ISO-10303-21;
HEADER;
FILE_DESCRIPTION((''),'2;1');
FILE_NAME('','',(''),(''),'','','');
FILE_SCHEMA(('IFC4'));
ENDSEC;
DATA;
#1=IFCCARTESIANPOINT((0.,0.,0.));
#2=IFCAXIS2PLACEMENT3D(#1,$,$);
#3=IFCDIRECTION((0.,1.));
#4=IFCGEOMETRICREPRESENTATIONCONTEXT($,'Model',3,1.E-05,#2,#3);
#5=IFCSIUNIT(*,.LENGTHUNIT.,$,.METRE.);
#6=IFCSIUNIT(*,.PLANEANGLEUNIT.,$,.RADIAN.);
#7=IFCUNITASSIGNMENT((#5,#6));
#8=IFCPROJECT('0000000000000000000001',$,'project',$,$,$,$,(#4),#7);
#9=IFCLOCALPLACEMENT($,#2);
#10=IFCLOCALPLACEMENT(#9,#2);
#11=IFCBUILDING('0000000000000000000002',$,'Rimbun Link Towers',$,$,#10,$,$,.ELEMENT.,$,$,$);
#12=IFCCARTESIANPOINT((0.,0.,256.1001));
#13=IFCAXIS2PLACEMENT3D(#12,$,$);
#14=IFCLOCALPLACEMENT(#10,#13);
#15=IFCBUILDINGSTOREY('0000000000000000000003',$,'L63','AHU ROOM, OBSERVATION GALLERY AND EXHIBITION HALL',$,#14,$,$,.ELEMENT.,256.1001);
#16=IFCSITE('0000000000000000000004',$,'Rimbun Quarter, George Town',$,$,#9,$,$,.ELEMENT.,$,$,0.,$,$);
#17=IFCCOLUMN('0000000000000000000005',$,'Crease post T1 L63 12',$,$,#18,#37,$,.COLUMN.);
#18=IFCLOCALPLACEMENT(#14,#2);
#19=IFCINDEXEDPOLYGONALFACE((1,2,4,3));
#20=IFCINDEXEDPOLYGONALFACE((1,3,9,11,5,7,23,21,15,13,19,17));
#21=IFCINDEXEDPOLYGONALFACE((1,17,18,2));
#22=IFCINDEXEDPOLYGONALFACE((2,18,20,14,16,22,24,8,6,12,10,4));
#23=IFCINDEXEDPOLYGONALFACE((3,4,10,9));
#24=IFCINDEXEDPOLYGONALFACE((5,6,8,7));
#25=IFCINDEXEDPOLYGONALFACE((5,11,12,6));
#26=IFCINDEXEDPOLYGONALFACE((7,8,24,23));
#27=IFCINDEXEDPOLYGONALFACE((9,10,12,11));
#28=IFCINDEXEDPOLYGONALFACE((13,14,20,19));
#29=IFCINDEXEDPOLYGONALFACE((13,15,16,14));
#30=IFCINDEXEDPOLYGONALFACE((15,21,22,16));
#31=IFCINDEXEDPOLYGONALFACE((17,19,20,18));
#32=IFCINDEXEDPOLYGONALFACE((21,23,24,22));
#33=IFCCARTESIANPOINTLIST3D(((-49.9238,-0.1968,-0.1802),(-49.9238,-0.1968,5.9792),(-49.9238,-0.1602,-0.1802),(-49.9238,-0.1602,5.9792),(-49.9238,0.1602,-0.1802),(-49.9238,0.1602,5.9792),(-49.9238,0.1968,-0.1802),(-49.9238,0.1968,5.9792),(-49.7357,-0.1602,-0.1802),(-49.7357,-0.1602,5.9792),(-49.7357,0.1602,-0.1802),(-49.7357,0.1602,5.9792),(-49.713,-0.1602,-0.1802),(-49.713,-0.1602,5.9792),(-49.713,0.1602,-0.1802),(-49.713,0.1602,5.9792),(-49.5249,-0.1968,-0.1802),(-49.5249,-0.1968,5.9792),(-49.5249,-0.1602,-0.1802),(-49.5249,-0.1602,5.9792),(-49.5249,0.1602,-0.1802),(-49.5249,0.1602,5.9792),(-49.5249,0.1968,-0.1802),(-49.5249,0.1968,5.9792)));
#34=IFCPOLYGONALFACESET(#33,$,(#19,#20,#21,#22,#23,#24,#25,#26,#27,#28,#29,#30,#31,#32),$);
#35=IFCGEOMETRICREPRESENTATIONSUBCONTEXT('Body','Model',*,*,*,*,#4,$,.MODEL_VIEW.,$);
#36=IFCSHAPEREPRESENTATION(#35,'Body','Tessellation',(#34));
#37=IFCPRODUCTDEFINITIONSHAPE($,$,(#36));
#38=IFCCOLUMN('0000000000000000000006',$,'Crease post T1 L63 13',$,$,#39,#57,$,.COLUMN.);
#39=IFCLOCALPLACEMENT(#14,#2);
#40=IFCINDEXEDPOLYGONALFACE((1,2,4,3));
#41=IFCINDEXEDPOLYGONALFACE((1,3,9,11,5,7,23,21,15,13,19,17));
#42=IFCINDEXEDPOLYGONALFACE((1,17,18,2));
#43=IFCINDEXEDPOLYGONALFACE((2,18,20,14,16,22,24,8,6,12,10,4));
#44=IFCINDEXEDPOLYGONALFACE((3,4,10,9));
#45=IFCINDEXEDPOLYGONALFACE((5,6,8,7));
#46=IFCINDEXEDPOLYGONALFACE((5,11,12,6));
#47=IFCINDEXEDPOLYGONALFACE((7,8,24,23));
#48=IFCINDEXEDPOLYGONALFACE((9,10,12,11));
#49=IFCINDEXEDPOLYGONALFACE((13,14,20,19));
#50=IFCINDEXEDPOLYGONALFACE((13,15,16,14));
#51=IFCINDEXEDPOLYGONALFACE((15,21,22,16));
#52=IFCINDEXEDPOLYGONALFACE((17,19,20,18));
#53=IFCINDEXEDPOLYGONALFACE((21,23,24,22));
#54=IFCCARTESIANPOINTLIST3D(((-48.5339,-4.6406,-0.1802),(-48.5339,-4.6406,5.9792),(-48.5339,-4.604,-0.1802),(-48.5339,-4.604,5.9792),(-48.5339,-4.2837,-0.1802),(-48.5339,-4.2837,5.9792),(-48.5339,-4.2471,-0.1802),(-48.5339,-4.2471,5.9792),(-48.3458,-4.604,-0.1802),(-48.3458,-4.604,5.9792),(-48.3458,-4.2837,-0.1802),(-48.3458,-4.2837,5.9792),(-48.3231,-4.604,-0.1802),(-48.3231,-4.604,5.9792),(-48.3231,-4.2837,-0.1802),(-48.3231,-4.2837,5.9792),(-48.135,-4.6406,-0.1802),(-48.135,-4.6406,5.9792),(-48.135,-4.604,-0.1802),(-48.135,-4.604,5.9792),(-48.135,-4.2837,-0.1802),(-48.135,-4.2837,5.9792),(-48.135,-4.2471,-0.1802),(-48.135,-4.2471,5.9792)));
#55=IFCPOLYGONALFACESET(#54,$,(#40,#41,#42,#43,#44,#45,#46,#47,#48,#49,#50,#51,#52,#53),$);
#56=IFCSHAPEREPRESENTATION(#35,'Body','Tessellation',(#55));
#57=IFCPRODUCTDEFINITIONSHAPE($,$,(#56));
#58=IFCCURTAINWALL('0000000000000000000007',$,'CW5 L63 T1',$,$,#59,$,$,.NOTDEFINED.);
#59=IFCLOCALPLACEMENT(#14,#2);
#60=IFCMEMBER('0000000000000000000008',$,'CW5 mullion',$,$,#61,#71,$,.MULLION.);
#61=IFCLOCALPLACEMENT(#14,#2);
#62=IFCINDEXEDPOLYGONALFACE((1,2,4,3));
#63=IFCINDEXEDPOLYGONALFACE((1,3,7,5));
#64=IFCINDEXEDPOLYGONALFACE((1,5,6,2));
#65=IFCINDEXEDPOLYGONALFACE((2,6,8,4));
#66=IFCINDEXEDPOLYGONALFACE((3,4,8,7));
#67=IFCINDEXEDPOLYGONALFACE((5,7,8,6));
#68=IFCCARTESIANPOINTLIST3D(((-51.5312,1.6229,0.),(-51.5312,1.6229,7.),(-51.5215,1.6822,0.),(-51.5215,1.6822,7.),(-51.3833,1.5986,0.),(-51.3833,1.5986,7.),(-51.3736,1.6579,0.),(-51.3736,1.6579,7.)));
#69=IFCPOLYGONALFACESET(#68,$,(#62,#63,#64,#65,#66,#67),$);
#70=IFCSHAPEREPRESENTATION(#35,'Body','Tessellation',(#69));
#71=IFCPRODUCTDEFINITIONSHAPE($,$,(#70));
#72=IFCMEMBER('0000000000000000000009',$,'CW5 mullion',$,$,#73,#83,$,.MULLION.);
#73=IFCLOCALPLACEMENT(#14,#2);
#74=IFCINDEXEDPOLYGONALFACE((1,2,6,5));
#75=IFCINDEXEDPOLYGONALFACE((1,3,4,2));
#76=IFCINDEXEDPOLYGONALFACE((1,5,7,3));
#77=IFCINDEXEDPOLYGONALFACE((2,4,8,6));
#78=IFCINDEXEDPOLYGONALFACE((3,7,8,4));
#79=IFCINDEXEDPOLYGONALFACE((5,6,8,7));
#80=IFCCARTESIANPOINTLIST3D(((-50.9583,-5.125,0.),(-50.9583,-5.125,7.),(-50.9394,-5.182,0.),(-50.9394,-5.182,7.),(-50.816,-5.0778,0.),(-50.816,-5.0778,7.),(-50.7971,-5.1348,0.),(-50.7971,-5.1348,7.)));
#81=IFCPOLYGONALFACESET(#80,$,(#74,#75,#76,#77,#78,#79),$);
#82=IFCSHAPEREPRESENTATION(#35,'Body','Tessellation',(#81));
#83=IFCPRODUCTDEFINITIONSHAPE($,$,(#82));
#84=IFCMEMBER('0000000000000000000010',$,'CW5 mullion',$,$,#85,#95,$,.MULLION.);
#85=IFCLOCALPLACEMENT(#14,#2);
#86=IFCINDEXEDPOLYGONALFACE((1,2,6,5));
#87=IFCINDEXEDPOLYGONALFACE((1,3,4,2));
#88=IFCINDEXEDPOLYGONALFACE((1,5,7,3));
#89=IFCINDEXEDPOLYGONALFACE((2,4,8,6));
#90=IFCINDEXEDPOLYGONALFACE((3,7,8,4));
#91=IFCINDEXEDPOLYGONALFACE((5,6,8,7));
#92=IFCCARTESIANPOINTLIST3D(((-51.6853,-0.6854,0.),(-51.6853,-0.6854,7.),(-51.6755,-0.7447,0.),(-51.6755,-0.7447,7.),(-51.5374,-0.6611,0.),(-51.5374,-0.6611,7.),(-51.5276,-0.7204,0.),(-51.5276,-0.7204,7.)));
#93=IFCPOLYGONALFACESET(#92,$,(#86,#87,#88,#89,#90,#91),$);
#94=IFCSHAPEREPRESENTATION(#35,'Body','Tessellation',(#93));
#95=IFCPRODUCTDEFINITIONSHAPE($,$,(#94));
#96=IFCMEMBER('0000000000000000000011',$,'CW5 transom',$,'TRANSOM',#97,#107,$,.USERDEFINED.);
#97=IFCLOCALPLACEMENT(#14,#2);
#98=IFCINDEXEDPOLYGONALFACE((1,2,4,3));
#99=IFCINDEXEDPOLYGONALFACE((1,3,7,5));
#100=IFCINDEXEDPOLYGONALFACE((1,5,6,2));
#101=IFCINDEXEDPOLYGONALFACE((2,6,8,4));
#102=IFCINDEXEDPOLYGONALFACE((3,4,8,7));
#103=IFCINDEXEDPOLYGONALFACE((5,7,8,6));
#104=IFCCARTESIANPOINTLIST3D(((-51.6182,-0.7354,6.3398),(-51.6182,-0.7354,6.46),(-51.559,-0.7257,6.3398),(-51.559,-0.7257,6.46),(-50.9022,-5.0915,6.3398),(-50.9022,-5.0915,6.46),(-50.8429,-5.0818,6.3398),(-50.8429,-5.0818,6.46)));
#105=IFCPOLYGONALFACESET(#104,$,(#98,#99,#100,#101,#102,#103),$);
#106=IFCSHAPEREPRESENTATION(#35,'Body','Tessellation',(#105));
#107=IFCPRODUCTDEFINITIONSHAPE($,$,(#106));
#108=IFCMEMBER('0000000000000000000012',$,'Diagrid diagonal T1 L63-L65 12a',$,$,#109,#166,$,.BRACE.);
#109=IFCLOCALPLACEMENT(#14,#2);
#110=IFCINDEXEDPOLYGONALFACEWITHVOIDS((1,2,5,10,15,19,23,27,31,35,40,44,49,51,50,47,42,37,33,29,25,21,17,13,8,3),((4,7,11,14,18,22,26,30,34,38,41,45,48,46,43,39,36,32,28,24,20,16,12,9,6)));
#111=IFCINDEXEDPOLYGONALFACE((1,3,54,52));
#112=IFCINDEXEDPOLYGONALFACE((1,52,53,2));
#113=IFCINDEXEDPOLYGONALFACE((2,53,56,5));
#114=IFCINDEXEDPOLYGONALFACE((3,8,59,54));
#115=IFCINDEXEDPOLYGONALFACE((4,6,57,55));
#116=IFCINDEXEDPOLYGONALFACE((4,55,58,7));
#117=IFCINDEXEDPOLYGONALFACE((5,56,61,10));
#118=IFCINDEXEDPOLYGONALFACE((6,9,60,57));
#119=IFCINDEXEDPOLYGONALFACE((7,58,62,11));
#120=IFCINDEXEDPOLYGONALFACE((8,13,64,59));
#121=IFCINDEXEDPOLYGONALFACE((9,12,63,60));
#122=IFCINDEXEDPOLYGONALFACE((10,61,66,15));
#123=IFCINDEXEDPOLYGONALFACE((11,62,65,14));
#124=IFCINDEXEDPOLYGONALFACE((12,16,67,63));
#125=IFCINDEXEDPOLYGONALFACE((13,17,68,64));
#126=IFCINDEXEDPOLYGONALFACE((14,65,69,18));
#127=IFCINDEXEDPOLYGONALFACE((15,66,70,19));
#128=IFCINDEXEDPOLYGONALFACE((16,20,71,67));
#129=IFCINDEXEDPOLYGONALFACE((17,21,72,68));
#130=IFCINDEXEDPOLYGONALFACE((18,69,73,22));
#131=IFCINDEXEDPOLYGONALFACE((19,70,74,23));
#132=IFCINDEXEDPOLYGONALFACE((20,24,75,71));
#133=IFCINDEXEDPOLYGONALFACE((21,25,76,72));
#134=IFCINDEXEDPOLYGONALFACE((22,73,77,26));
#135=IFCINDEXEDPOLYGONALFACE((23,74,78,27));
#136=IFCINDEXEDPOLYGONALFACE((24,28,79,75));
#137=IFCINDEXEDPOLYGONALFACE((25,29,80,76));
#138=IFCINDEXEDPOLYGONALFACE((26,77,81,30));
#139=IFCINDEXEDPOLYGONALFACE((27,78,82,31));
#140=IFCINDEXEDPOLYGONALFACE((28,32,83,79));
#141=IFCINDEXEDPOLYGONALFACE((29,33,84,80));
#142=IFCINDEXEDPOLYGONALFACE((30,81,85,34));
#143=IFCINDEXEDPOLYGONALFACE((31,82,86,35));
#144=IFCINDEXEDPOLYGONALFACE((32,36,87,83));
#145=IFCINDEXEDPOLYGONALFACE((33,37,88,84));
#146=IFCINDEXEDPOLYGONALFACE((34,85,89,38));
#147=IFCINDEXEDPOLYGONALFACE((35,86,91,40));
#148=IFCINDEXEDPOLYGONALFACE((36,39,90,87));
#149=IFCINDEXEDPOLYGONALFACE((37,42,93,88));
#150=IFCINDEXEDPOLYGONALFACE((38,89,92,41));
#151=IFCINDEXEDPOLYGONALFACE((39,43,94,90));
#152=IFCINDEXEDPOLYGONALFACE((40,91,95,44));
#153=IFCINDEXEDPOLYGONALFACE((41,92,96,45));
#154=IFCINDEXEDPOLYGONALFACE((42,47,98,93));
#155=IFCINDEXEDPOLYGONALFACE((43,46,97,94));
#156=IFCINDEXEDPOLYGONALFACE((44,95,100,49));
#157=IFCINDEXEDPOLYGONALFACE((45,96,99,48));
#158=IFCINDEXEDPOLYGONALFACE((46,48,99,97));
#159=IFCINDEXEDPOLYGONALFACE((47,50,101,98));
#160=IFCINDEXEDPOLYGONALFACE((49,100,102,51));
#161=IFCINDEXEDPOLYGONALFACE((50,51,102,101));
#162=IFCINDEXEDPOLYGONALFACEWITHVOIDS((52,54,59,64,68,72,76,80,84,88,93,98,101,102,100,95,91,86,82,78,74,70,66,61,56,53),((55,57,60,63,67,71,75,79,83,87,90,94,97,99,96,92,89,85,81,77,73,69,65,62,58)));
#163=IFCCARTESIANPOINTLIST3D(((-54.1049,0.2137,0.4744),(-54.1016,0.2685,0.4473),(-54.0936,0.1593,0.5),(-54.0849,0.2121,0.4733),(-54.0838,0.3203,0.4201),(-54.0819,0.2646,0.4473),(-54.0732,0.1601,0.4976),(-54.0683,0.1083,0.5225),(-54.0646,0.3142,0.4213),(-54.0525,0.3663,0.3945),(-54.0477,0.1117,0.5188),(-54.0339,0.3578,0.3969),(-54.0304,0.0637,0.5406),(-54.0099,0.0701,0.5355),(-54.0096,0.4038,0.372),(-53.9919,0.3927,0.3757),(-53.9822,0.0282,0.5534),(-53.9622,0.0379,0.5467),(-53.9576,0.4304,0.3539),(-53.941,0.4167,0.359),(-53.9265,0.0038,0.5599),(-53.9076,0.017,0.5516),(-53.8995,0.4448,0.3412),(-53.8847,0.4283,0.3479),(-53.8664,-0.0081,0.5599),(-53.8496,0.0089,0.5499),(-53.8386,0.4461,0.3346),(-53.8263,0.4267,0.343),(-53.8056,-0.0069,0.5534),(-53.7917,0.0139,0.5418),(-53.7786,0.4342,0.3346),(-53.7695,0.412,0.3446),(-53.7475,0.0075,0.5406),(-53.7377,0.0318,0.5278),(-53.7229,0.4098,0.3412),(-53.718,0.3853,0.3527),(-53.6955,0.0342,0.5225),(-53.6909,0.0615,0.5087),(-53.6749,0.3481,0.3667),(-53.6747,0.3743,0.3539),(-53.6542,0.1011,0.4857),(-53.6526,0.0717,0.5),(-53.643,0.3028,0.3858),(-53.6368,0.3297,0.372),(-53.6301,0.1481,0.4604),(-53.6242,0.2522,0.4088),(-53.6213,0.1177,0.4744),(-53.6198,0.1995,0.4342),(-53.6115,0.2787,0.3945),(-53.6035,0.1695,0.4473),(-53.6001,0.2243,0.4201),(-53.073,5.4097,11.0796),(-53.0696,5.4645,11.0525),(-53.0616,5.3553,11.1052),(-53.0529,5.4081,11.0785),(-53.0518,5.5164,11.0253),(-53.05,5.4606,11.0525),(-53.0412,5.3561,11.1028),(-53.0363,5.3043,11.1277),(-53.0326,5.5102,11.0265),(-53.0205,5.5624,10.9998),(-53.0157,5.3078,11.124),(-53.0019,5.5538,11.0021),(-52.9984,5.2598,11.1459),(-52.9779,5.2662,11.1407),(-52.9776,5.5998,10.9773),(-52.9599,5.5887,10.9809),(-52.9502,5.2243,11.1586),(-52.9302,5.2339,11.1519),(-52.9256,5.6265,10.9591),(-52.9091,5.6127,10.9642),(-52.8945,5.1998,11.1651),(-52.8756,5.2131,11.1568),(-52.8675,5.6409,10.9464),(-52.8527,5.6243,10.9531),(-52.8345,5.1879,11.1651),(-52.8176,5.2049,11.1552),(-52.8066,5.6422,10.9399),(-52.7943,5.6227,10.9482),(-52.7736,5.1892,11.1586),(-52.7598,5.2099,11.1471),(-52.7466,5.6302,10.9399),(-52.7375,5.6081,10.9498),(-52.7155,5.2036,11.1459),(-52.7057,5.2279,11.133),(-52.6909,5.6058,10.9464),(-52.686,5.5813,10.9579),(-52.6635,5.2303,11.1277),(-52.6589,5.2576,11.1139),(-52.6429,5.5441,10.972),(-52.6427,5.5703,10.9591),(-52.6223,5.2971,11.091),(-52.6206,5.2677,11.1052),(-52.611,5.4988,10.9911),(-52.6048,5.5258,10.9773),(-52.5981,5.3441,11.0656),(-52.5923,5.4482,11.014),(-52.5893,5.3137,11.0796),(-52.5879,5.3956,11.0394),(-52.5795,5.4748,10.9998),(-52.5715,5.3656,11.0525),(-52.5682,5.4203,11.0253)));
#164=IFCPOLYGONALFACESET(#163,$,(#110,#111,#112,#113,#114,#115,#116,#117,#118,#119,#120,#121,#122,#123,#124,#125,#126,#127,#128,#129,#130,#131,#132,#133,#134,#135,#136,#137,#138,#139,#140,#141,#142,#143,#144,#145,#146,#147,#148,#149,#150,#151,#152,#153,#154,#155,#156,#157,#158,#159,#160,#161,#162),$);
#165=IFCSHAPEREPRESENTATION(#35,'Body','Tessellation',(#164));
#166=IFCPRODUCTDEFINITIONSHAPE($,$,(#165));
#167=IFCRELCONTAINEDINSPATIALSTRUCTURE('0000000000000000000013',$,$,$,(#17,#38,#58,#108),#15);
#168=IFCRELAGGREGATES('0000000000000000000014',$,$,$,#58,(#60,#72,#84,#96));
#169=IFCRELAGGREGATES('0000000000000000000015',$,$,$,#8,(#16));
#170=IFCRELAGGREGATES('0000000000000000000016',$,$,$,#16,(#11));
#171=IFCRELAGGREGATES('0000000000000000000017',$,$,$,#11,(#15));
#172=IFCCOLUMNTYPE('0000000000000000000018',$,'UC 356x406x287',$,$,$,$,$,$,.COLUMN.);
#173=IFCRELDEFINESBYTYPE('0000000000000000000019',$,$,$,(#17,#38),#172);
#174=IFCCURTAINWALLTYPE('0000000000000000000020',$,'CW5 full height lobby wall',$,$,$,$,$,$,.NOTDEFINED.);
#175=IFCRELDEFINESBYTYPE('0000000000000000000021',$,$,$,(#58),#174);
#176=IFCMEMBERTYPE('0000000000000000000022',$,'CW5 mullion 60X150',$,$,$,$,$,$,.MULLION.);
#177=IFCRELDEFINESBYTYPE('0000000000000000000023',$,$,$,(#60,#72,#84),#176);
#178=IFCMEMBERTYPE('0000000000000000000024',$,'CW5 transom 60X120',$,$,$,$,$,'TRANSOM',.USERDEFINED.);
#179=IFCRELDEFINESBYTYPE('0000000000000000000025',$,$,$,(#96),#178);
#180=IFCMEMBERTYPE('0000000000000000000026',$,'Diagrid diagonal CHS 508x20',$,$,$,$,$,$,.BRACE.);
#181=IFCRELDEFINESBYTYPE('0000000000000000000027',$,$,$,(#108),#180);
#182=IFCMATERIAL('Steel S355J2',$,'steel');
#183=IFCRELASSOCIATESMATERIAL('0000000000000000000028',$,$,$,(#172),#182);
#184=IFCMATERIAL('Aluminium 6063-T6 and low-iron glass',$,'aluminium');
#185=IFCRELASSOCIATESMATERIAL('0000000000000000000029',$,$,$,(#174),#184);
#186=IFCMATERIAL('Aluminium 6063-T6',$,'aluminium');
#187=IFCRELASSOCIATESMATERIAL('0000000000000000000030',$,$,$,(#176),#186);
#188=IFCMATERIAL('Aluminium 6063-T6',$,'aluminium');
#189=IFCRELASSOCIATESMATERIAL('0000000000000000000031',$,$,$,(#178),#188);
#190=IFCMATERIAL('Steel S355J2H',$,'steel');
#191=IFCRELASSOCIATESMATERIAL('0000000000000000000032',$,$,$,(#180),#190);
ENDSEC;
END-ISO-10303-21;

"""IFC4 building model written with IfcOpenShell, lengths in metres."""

from ifc_helpers import new_model, si_unit, direction, frame, origin, origin_2d, place, context, subcontext, project, spatial, rectangle, hollow_circle, i_section, extrude, material, material_profile, profile_set, type_object, element, aggregate, save


model = new_model("IFC4")

# Units and contexts
model_context = context("Model", 3, precision=1e-05, world=origin(), true_north=direction((0.0, 1.0)))
body_context = subcontext(model_context, "Body", "Model", "MODEL_VIEW")
ifc_project = project(units=[si_unit("LENGTHUNIT", "METRE"), si_unit("PLANEANGLEUNIT", "RADIAN")], contexts=[model_context])

# Site, building, storey
site_placement = place(None, origin())
site = spatial("IfcSite", under=ifc_project, at=site_placement, Name="Rimbun Quarter, George Town", CompositionType="ELEMENT", RefElevation=0.0)
building_placement = place(site_placement, origin())
building = spatial("IfcBuilding", under=site, at=building_placement, Name="Rimbun Link Towers", CompositionType="ELEMENT")
storey_placement = place(building_placement, frame((0.0, 0.0, 256.1001)))
storey = spatial("IfcBuildingStorey", under=building, at=storey_placement, Name="L63", Description="AHU ROOM, OBSERVATION GALLERY AND EXHIBITION HALL", CompositionType="ELEMENT", Elevation=256.1001)

# Columns
ifc_material_1 = material(Name="Steel S355J2", Category="steel")
ifc_material_profile_1 = material_profile(ifc_material_1, i_section(OverallWidth=0.3989, OverallDepth=0.3936, WebThickness=0.0227, FlangeThickness=0.0366, at=origin_2d()), Name="UC 356x406x287")
ifc_profile_set_1 = profile_set([ifc_material_profile_1], Name="Steel S355J2")
column_type = type_object("IfcColumnType", Name="UC 356x406x287", PredefinedType="COLUMN", material=ifc_profile_set_1)
for number, where, z_axis, x_axis, name in (
    (1, (-49.7244, 0.0, -0.1802), (0.0, 0.0, 1.0), (1.0, 0.0, 0.0), "Crease post T1 L63 12"),
    (2, (-48.3345, -4.4438, -0.1802), (0.0, 0.0, 1.0), (1.0, 0.0, 0.0), "Crease post T1 L63 13"),
):
    element("IfcColumn", number, at=place(storey_placement, frame(where, z_axis=z_axis, x_axis=x_axis)), inside=storey, type_object=column_type, Name=name, PredefinedType="COLUMN", context=body_context, shape_type="SweptSolid", body=[
        extrude(i_section(OverallWidth=0.3989, OverallDepth=0.3936, WebThickness=0.0227, FlangeThickness=0.0366, at=origin_2d()), origin(), (0.0, 0.0, 1.0), 6.1594),
    ])

# Curtain wall, members
ifc_material_2 = material(Name="Aluminium 6063-T6 and low-iron glass", Category="aluminium")
curtain_wall_type = type_object("IfcCurtainWallType", Name="CW5 full height lobby wall", PredefinedType="NOTDEFINED", material=ifc_material_2)
curtain_wall_placement = place(storey_placement, origin())
curtain_wall = element("IfcCurtainWall", 3, at=curtain_wall_placement, inside=storey, type_object=curtain_wall_type, Name="CW5 L63 T1", PredefinedType="NOTDEFINED")
ifc_material_3 = material(Name="Aluminium 6063-T6", Category="aluminium")
ifc_material_profile_2 = material_profile(ifc_material_3, rectangle(XDim=0.1499, YDim=0.0601, at=origin_2d()), Name="MULLION 60X150")
ifc_profile_set_2 = profile_set([ifc_material_profile_2], Name="Aluminium 6063-T6")
member_type_1 = type_object("IfcMemberType", Name="CW5 mullion 60X150", PredefinedType="MULLION", material=ifc_profile_set_2)
member_1_placement = place(storey_placement, frame((-51.4524, 1.6404, 0.0), z_axis=(0.0, 0.0, 1.0), x_axis=(-0.98675, 0.162249, 0.0)))
member_1 = element("IfcMember", 4, at=member_1_placement, type_object=member_type_1, Name="CW5 mullion", PredefinedType="MULLION", context=body_context, shape_type="SweptSolid", body=[
    extrude(rectangle(XDim=0.1499, YDim=0.0601, at=origin_2d()), origin(), (0.0, 0.0, 1.0), 7.0),
])
member_2_placement = place(storey_placement, frame((-50.8777, -5.1299, 0.0), z_axis=(0.0, 0.0, 1.0), x_axis=(-0.949163, -0.314784, 0.0)))
member_2 = element("IfcMember", 5, at=member_2_placement, type_object=member_type_1, Name="CW5 mullion", PredefinedType="MULLION", context=body_context, shape_type="SweptSolid", body=[
    extrude(rectangle(XDim=0.1499, YDim=0.0601, at=origin_2d()), origin(), (0.0, 0.0, 1.0), 7.0),
])
member_3_placement = place(storey_placement, frame((-51.6064, -0.7029, 0.0), z_axis=(0.0, 0.0, 1.0), x_axis=(-0.98675, -0.162249, 0.0)))
member_3 = element("IfcMember", 6, at=member_3_placement, type_object=member_type_1, Name="CW5 mullion", PredefinedType="MULLION", context=body_context, shape_type="SweptSolid", body=[
    extrude(rectangle(XDim=0.1499, YDim=0.0601, at=origin_2d()), origin(), (0.0, 0.0, 1.0), 7.0),
])
ifc_material_4 = material(Name="Aluminium 6063-T6", Category="aluminium")
ifc_material_profile_3 = material_profile(ifc_material_4, rectangle(XDim=0.0601, YDim=0.1201, at=origin_2d()), Name="TRANSOM 60X120")
ifc_profile_set_3 = profile_set([ifc_material_profile_3], Name="Aluminium 6063-T6")
member_type_2 = type_object("IfcMemberType", Name="CW5 transom 60X120", ElementType="TRANSOM", PredefinedType="USERDEFINED", material=ifc_profile_set_3)
member_4_placement = place(storey_placement, frame((-50.8726, -5.0867, 6.3999), z_axis=(-0.162201, 0.986758, 0.0), x_axis=(-0.986758, -0.162201, 0.0)))
member_4 = element("IfcMember", 7, at=member_4_placement, type_object=member_type_2, Name="CW5 transom", ObjectType="TRANSOM", PredefinedType="USERDEFINED", context=body_context, shape_type="SweptSolid", body=[
    extrude(rectangle(XDim=0.0601, YDim=0.1201, at=origin_2d()), origin(), (0.0, 0.0, 1.0), 4.4146),
])

# Member
ifc_material_5 = material(Name="Steel S355J2H", Category="steel")
ifc_material_profile_4 = material_profile(ifc_material_5, hollow_circle(Radius=0.2539, WallThickness=0.02, at=origin_2d()), Name="Diagrid diagonal CHS 508x20")
ifc_profile_set_4 = profile_set([ifc_material_profile_4], Name="Steel S355J2H")
member_type_3 = type_object("IfcMemberType", Name="Diagrid diagonal CHS 508x20", PredefinedType="BRACE", material=ifc_profile_set_4)
for number, where, z_axis, x_axis, name in (
    (8, (-53.8525, 0.219, 0.4473), (0.087052, 0.43831, 0.894598), (-0.980842, 0.194804, 0.0), "Diagrid diagonal T1 L63-L65 12a"),
):
    element("IfcMember", number, at=place(storey_placement, frame(where, z_axis=z_axis, x_axis=x_axis)), inside=storey, type_object=member_type_3, Name=name, PredefinedType="BRACE", context=body_context, shape_type="SweptSolid", body=[
        extrude(hollow_circle(Radius=0.2539, WallThickness=0.02, at=origin_2d()), origin(), (0.0, 0.0, 1.0), 11.8547),
    ])

aggregate(curtain_wall, [member_1, member_2, member_3, member_4])

save(model, "model.ifc")
